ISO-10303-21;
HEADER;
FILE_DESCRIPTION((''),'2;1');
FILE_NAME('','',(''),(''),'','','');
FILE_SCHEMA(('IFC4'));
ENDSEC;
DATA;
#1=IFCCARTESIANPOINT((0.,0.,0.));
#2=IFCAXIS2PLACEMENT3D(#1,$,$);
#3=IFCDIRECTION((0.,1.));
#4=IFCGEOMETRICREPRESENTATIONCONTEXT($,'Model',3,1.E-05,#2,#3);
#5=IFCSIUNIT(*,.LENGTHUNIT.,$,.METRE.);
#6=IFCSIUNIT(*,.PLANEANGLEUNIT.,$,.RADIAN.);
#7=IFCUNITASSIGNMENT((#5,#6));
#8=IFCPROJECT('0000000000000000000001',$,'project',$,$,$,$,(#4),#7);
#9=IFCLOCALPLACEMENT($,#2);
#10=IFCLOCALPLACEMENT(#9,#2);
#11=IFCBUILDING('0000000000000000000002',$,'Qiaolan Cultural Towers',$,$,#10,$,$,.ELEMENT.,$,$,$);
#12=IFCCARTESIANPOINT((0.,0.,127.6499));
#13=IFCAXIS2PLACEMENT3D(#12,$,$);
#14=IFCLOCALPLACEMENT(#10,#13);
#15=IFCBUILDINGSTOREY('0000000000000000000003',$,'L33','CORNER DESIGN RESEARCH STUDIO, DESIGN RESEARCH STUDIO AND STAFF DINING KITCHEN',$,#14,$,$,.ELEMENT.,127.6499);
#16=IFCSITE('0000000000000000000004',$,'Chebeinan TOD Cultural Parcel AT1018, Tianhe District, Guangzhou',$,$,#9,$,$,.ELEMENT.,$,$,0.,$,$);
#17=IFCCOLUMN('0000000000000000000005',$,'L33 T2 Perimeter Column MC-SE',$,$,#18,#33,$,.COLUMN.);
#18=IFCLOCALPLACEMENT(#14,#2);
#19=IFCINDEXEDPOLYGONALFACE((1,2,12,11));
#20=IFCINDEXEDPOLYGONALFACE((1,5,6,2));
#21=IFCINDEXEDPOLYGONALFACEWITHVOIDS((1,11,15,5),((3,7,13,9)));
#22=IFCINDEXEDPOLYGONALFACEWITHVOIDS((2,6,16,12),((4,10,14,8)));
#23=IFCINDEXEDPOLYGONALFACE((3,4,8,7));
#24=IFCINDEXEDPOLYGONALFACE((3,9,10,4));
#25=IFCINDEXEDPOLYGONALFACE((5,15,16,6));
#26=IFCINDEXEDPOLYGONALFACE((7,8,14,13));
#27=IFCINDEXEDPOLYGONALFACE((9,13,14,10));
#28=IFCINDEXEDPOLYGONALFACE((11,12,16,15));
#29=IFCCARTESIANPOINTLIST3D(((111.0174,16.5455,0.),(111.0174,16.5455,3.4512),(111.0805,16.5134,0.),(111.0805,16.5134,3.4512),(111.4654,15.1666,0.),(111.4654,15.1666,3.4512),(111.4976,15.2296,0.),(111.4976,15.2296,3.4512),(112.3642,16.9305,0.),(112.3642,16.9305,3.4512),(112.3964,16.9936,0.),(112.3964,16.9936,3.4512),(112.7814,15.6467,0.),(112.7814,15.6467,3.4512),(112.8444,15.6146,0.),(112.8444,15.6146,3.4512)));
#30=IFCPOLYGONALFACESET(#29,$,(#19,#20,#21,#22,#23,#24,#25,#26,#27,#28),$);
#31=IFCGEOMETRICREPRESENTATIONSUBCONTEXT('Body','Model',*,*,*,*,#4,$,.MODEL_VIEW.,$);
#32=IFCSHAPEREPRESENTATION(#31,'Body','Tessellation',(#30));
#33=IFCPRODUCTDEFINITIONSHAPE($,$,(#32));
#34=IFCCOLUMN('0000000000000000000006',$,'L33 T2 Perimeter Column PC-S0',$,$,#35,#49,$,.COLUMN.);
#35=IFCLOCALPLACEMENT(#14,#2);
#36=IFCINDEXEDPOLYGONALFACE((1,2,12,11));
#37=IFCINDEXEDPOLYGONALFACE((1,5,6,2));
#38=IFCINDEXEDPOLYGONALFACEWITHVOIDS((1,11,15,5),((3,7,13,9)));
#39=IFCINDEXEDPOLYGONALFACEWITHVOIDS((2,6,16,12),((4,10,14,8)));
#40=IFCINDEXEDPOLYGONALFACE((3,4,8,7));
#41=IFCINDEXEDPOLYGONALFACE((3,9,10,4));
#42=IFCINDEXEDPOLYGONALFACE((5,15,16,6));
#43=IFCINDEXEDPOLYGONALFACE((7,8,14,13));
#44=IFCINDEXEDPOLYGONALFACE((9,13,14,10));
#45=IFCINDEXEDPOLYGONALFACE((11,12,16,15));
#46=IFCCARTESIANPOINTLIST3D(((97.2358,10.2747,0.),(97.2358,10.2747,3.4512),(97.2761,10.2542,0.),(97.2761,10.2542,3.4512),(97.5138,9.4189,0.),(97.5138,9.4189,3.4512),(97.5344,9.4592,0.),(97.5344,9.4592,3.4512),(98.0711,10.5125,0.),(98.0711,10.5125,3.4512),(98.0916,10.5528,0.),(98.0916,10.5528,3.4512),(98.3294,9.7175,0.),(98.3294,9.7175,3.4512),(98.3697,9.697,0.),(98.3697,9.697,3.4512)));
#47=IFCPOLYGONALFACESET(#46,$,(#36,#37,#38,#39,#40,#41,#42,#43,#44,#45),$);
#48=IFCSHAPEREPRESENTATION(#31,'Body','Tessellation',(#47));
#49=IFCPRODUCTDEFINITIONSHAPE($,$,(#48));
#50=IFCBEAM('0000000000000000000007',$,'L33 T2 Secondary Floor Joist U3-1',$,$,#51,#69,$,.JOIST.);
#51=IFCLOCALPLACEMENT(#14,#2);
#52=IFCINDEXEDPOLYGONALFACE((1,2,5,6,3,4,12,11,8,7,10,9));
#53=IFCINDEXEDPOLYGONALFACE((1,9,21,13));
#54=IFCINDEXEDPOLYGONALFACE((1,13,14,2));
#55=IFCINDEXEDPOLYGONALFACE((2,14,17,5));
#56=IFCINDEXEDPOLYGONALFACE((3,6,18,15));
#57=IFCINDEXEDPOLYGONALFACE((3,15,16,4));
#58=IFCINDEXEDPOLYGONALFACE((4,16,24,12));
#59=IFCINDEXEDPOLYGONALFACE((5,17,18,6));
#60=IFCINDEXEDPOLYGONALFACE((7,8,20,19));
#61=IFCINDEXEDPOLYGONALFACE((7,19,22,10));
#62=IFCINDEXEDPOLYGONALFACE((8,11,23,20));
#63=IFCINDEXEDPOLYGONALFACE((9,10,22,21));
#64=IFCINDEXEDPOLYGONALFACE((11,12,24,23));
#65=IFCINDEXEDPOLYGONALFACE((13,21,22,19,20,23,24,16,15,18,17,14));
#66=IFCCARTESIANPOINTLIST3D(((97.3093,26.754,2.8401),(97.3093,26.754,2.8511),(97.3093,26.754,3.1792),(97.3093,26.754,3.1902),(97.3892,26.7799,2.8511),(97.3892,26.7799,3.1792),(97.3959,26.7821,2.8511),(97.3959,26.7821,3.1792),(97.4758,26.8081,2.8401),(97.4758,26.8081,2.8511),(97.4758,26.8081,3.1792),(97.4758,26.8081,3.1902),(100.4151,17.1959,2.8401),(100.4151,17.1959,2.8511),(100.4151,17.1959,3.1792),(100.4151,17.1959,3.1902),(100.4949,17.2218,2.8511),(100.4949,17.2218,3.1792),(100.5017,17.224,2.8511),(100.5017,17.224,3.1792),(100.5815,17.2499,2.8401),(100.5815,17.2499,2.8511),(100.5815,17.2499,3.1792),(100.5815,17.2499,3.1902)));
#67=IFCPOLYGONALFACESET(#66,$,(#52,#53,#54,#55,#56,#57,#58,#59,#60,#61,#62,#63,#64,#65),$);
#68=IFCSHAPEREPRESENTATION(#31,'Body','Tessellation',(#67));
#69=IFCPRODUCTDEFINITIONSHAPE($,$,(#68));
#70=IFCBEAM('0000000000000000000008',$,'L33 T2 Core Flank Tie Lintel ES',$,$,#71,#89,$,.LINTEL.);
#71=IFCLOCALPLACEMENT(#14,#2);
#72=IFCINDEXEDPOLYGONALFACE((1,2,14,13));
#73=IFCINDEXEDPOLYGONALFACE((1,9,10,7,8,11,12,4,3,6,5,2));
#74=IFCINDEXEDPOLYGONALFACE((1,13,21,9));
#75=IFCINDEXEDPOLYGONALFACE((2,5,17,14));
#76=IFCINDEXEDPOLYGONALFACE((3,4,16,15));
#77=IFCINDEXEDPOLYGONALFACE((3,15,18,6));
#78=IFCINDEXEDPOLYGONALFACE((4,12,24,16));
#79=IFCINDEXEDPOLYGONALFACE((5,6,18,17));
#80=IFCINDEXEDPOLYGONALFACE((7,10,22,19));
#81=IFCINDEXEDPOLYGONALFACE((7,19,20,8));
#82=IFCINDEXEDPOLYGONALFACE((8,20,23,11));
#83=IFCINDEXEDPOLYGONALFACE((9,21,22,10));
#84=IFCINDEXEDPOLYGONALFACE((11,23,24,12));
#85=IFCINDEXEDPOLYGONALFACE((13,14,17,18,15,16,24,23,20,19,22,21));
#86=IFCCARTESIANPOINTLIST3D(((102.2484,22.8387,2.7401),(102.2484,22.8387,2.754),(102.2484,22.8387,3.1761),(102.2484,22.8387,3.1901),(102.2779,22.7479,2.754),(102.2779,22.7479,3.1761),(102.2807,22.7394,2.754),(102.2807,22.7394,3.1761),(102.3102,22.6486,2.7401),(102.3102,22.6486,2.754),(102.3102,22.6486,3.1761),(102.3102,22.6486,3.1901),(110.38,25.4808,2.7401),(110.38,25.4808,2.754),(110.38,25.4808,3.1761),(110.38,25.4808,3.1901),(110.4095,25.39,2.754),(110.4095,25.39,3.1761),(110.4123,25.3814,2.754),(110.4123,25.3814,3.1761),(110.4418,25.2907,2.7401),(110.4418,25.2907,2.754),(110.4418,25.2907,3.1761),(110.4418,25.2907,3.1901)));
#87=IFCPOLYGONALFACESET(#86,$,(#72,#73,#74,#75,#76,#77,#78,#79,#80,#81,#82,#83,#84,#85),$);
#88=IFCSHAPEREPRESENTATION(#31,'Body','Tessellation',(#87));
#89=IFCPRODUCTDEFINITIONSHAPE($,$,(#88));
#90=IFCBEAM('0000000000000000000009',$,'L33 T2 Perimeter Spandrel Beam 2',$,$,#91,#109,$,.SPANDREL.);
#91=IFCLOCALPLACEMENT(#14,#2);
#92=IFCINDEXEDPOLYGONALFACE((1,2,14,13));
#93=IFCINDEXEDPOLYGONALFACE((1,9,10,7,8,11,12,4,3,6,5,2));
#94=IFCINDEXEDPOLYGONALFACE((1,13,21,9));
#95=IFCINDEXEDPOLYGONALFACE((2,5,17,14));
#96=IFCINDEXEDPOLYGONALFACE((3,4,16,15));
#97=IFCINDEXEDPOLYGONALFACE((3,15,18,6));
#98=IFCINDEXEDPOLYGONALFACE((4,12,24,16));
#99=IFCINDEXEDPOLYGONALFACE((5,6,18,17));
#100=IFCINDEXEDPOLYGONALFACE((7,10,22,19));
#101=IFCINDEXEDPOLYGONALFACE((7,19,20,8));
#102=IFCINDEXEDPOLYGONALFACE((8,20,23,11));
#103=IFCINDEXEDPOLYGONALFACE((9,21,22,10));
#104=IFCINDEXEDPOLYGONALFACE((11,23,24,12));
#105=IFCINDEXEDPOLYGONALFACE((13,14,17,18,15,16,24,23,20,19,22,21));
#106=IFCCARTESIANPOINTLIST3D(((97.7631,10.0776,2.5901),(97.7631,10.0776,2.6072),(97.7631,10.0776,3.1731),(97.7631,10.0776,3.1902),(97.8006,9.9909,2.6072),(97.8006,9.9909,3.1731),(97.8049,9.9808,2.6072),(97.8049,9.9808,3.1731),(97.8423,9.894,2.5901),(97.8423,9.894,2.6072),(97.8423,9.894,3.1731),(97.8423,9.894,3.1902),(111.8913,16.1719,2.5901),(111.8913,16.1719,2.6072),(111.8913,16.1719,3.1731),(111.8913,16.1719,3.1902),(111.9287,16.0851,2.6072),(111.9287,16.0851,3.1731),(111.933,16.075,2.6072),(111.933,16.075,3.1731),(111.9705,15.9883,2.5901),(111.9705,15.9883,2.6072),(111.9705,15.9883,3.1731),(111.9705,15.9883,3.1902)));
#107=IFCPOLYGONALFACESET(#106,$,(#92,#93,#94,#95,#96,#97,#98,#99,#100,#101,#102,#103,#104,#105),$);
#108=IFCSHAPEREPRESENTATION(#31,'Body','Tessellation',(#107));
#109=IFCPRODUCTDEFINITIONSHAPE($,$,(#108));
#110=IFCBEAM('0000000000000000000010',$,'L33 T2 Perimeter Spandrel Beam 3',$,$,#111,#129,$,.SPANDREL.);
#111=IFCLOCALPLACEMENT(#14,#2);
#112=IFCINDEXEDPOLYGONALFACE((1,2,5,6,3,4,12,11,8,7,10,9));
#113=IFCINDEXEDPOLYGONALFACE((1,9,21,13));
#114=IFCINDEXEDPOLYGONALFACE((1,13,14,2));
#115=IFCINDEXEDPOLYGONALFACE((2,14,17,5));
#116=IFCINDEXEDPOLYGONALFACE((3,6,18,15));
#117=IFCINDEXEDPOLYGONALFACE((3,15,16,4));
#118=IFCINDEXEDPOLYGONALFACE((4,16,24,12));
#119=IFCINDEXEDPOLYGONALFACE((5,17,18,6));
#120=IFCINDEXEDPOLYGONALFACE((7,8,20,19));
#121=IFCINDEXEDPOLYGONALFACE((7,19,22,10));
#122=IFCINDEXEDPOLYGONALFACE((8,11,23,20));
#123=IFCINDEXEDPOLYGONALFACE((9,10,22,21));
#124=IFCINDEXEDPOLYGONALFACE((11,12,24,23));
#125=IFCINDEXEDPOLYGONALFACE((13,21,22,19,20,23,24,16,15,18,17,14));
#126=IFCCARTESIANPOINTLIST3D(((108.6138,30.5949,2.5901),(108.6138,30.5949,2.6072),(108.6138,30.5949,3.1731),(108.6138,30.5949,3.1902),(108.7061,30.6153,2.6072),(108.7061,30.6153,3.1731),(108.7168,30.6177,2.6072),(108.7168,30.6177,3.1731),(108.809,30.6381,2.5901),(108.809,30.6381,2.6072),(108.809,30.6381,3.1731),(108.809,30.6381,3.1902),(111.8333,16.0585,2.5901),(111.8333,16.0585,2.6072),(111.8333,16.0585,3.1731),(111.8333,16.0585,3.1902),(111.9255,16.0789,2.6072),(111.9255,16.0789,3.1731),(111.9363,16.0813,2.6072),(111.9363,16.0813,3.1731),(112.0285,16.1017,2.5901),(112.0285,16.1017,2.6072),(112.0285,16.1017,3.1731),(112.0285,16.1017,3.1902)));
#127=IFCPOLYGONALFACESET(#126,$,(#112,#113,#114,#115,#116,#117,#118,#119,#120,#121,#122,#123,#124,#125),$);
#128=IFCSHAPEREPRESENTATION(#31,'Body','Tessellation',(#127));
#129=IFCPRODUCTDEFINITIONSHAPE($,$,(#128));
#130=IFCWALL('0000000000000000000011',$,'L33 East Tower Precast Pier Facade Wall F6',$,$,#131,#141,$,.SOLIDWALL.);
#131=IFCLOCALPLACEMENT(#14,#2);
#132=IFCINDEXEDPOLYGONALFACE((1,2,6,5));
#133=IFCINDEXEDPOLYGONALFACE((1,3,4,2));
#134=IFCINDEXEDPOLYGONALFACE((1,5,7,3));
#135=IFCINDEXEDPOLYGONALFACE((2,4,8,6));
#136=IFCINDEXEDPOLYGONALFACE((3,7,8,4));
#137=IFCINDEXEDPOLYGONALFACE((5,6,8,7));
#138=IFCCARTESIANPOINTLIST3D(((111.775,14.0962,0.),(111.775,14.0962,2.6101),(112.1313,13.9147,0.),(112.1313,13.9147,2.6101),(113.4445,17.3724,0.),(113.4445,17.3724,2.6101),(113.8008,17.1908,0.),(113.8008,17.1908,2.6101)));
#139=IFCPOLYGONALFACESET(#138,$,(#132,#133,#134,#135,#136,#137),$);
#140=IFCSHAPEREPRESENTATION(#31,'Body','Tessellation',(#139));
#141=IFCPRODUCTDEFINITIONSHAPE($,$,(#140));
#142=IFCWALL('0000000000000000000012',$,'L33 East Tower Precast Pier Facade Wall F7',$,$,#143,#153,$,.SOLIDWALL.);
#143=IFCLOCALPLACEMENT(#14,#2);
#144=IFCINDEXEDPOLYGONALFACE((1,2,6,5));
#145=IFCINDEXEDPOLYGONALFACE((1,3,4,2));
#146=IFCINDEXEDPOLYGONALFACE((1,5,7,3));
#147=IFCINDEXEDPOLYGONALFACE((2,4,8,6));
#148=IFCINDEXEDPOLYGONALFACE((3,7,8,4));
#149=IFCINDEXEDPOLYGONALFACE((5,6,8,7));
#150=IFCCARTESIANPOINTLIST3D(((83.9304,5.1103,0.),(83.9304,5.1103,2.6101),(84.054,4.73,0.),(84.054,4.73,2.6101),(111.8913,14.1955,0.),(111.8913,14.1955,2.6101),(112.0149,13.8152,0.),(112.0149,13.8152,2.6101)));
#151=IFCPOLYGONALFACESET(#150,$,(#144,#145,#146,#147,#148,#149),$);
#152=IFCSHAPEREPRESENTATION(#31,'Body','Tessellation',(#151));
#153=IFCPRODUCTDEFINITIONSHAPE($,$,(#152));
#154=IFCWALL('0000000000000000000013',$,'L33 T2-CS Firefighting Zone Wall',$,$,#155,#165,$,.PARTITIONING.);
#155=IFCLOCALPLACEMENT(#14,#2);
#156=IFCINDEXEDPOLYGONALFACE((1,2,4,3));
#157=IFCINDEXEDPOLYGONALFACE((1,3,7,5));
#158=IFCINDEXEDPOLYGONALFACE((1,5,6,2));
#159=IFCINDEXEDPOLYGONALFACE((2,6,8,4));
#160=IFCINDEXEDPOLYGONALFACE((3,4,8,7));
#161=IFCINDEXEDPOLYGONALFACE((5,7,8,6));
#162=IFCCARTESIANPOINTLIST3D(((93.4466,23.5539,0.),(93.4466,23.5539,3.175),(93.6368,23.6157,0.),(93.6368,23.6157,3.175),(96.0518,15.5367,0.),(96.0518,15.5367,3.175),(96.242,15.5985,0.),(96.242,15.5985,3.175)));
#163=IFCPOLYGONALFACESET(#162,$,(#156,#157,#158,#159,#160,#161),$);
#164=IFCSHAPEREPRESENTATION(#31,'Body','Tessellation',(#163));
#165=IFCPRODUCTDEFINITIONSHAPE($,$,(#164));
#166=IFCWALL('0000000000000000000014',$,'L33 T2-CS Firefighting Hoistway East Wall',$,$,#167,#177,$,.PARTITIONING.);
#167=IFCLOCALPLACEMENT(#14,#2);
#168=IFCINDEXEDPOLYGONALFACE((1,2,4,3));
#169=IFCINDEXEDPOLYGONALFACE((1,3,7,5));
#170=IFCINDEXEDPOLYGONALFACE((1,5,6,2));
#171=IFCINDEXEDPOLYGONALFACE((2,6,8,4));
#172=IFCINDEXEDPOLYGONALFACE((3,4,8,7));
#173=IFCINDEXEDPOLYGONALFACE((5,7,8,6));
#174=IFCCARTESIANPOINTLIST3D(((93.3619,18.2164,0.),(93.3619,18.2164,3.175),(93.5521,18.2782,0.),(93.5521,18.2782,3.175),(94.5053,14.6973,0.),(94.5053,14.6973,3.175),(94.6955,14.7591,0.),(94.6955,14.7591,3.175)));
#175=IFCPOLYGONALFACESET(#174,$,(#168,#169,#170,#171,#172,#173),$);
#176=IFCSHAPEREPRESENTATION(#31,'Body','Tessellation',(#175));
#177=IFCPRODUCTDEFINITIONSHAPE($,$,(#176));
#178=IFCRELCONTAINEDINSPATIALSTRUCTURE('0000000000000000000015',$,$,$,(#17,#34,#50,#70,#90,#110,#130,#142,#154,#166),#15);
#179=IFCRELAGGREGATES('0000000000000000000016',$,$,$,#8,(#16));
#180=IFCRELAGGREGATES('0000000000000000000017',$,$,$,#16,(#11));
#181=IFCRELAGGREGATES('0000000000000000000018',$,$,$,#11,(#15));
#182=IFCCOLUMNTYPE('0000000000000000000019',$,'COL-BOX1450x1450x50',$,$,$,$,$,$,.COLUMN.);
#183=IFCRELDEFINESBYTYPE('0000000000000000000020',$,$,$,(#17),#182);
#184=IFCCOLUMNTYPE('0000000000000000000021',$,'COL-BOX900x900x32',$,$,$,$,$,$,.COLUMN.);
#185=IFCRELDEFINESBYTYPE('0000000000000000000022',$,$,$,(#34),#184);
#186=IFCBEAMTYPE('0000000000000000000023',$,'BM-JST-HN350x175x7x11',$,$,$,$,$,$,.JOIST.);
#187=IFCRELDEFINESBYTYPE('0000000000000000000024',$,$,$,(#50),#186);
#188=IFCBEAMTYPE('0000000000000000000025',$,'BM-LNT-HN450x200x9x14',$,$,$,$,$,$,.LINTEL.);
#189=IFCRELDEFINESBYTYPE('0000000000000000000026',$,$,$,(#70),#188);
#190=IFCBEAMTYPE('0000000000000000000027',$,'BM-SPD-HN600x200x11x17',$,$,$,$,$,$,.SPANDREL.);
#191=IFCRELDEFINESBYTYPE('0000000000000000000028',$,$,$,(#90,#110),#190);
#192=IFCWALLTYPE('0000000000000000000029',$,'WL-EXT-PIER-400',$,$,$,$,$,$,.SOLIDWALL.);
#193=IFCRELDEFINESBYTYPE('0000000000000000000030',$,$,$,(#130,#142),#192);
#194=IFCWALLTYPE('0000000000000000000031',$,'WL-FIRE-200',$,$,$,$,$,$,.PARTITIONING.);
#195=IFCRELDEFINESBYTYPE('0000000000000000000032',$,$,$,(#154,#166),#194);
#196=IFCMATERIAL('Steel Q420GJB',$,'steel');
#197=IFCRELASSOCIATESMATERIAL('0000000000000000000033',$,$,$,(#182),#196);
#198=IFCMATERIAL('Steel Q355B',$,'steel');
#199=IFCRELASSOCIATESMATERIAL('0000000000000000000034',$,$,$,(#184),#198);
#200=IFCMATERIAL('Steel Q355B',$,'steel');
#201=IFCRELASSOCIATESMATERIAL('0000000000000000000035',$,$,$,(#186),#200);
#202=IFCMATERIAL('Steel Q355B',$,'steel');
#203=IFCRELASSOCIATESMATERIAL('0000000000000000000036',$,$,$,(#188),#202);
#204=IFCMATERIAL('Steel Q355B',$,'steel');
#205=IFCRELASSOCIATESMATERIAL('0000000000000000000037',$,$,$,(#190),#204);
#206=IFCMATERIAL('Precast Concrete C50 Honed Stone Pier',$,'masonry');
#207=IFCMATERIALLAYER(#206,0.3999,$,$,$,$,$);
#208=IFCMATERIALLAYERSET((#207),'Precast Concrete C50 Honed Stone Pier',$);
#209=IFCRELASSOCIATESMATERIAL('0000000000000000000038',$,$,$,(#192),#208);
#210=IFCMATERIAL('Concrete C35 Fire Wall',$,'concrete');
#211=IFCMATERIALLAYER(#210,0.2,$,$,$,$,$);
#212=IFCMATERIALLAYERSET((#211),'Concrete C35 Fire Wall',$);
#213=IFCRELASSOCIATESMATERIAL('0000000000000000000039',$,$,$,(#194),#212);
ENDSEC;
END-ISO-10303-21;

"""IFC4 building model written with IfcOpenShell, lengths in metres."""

from ifc_helpers import new_model, si_unit, direction, frame, frame_2d, origin, origin_2d, place, context, subcontext, project, spatial, rectangle, hollow_rectangle, i_section, extrude, material, layer, layer_set, material_profile, profile_set, type_object, element, save


model = new_model("IFC4")

# Units and contexts
model_context = context("Model", 3, precision=1e-05, world=origin(), true_north=direction((0.0, 1.0)))
body_context = subcontext(model_context, "Body", "Model", "MODEL_VIEW")
ifc_project = project(units=[si_unit("LENGTHUNIT", "METRE"), si_unit("PLANEANGLEUNIT", "RADIAN")], contexts=[model_context])

# Site, building, storey
site_placement = place(None, origin())
site = spatial("IfcSite", under=ifc_project, at=site_placement, Name="Chebeinan TOD Cultural Parcel AT1018, Tianhe District, Guangzhou", CompositionType="ELEMENT", RefElevation=0.0)
building_placement = place(site_placement, origin())
building = spatial("IfcBuilding", under=site, at=building_placement, Name="Qiaolan Cultural Towers", CompositionType="ELEMENT")
storey_placement = place(building_placement, frame((0.0, 0.0, 127.6499)))
storey = spatial("IfcBuildingStorey", under=building, at=storey_placement, Name="L33", Description="CORNER DESIGN RESEARCH STUDIO, DESIGN RESEARCH STUDIO AND STAFF DINING KITCHEN", CompositionType="ELEMENT", Elevation=127.6499)

# Columns
ifc_material_1 = material(Name="Steel Q420GJB", Category="steel")
ifc_material_profile_1 = material_profile(ifc_material_1, hollow_rectangle(XDim=1.45, YDim=1.45, WallThickness=0.05, at=origin_2d()), Name="BOX1450x1450x50")
ifc_profile_set_1 = profile_set([ifc_material_profile_1], Name="Steel Q420GJB")
column_type_1 = type_object("IfcColumnType", Name="COL-BOX1450x1450x50", PredefinedType="COLUMN", material=ifc_profile_set_1)
column_1_placement = place(storey_placement, frame((111.9309, 16.0801, 0.0), z_axis=(0.0, 0.0, 1.0), x_axis=(0.951057, 0.309017, 0.0)))
element("IfcColumn", 1, at=column_1_placement, inside=storey, type_object=column_type_1, Name="L33 T2 Perimeter Column MC-SE", PredefinedType="COLUMN", context=body_context, shape_type="SweptSolid", body=[
    extrude(hollow_rectangle(XDim=1.45, YDim=1.45, WallThickness=0.05, at=origin_2d()), origin(), (0.0, 0.0, 1.0), 3.4512),
])
ifc_material_2 = material(Name="Steel Q355B", Category="steel")
ifc_material_profile_2 = material_profile(ifc_material_2, hollow_rectangle(XDim=0.8999, YDim=0.8999, WallThickness=0.032, at=origin_2d()), Name="BOX900x900x32")
ifc_profile_set_2 = profile_set([ifc_material_profile_2], Name="Steel Q355B")
column_type_2 = type_object("IfcColumnType", Name="COL-BOX900x900x32", PredefinedType="COLUMN", material=ifc_profile_set_2)
column_2_placement = place(storey_placement, frame((97.8027, 9.9858, 0.0), z_axis=(0.0, 0.0, 1.0), x_axis=(0.951057, 0.309017, 0.0)))
element("IfcColumn", 2, at=column_2_placement, inside=storey, type_object=column_type_2, Name="L33 T2 Perimeter Column PC-S0", PredefinedType="COLUMN", context=body_context, shape_type="SweptSolid", body=[
    extrude(hollow_rectangle(XDim=0.8999, YDim=0.8999, WallThickness=0.032, at=origin_2d()), origin(), (0.0, 0.0, 1.0), 3.4512),
])

# Beams
ifc_material_3 = material(Name="Steel Q355B", Category="steel")
ifc_material_profile_3 = material_profile(ifc_material_3, i_section(OverallWidth=0.175, OverallDepth=0.3501, WebThickness=0.0071, FlangeThickness=0.011, at=origin_2d()), Name="HN350x175x7x11")
ifc_profile_set_3 = profile_set([ifc_material_profile_3], Name="Steel Q355B")
beam_type_1 = type_object("IfcBeamType", Name="BM-JST-HN350x175x7x11", PredefinedType="JOIST", material=ifc_profile_set_3)
beam_1_placement = place(storey_placement, frame((100.4983, 17.2229, 3.0151), z_axis=(-0.309026, 0.951054, 0.0), x_axis=(-0.951054, -0.309026, 0.0)))
element("IfcBeam", 3, at=beam_1_placement, inside=storey, type_object=beam_type_1, Name="L33 T2 Secondary Floor Joist U3-1", PredefinedType="JOIST", context=body_context, shape_type="SweptSolid", body=[
    extrude(i_section(OverallWidth=0.175, OverallDepth=0.3501, WebThickness=0.0071, FlangeThickness=0.011, at=origin_2d()), origin(), (0.0, 0.0, 1.0), 10.05),
])
ifc_material_4 = material(Name="Steel Q355B", Category="steel")
ifc_material_profile_4 = material_profile(ifc_material_4, i_section(OverallWidth=0.2, OverallDepth=0.45, WebThickness=0.009, FlangeThickness=0.0139, at=origin_2d()), Name="HN450x200x9x14")
ifc_profile_set_4 = profile_set([ifc_material_profile_4], Name="Steel Q355B")
beam_type_2 = type_object("IfcBeamType", Name="BM-LNT-HN450x200x9x14", PredefinedType="LINTEL", material=ifc_profile_set_4)
beam_2_placement = place(storey_placement, frame((102.2793, 22.7437, 2.9651), z_axis=(0.951057, 0.309014, 0.0), x_axis=(-0.309014, 0.951057, 0.0)))
element("IfcBeam", 4, at=beam_2_placement, inside=storey, type_object=beam_type_2, Name="L33 T2 Core Flank Tie Lintel ES", PredefinedType="LINTEL", context=body_context, shape_type="SweptSolid", body=[
    extrude(i_section(OverallWidth=0.2, OverallDepth=0.45, WebThickness=0.009, FlangeThickness=0.0139, at=origin_2d()), origin(), (0.0, 0.0, 1.0), 8.55),
])
ifc_material_5 = material(Name="Steel Q355B", Category="steel")
ifc_material_profile_5 = material_profile(ifc_material_5, i_section(OverallWidth=0.2, OverallDepth=0.6001, WebThickness=0.011, FlangeThickness=0.0171, at=origin_2d()), Name="HN600x200x11x17")
ifc_profile_set_5 = profile_set([ifc_material_profile_5], Name="Steel Q355B")
beam_type_3 = type_object("IfcBeamType", Name="BM-SPD-HN600x200x11x17", PredefinedType="SPANDREL", material=ifc_profile_set_5)
beam_3_placement = place(storey_placement, frame((97.8027, 9.9858, 2.8901), z_axis=(0.918218, 0.396076, 0.0), x_axis=(-0.396076, 0.918218, 0.0)))
element("IfcBeam", 5, at=beam_3_placement, inside=storey, type_object=beam_type_3, Name="L33 T2 Perimeter Spandrel Beam 2", PredefinedType="SPANDREL", context=body_context, shape_type="SweptSolid", body=[
    extrude(i_section(OverallWidth=0.2, OverallDepth=0.6001, WebThickness=0.011, FlangeThickness=0.0171, at=origin_2d()), origin(), (0.0, 0.0, 1.0), 15.3865),
])
beam_4_placement = place(storey_placement, frame((111.9309, 16.0801, 2.8901), z_axis=(-0.216238, 0.976341, 0.0), x_axis=(-0.976341, -0.216238, 0.0)))
element("IfcBeam", 6, at=beam_4_placement, inside=storey, type_object=beam_type_3, Name="L33 T2 Perimeter Spandrel Beam 3", PredefinedType="SPANDREL", context=body_context, shape_type="SweptSolid", body=[
    extrude(i_section(OverallWidth=0.2, OverallDepth=0.6001, WebThickness=0.011, FlangeThickness=0.0171, at=origin_2d()), origin(), (0.0, 0.0, 1.0), 14.8887),
])

# Walls
ifc_material_6 = material(Name="Precast Concrete C50 Honed Stone Pier", Category="masonry")
ifc_layer_1 = layer(ifc_material_6, 0.3999)
ifc_layer_set_1 = layer_set([ifc_layer_1], Name="Precast Concrete C50 Honed Stone Pier")
wall_type_1 = type_object("IfcWallType", Name="WL-EXT-PIER-400", PredefinedType="SOLIDWALL", material=ifc_layer_set_1)
wall_1_placement = place(storey_placement, frame((113.6226, 17.2815, 0.0), z_axis=(0.0, 0.0, 1.0), x_axis=(-0.454026, -0.890988, 0.0)))
element("IfcWall", 7, at=wall_1_placement, inside=storey, type_object=wall_type_1, Name="L33 East Tower Precast Pier Facade Wall F6", PredefinedType="SOLIDWALL", context=body_context, shape_type="SweptSolid", body=[
    extrude(rectangle(XDim=3.677, YDim=0.3999, at=frame_2d((1.8384, 0.0))), origin(), (0.0, 0.0, 1.0), 2.6101),
])
wall_2_placement = place(storey_placement, frame((111.9531, 14.0054, 0.0), z_axis=(0.0, 0.0, 1.0), x_axis=(-0.951055, -0.309021, 0.0)))
element("IfcWall", 8, at=wall_2_placement, inside=storey, type_object=wall_type_1, Name="L33 East Tower Precast Pier Facade Wall F7", PredefinedType="SOLIDWALL", context=body_context, shape_type="SweptSolid", body=[
    extrude(rectangle(XDim=29.3999, YDim=0.3999, at=frame_2d((14.7, 0.0))), origin(), (0.0, 0.0, 1.0), 2.6101),
])
ifc_material_7 = material(Name="Concrete C35 Fire Wall", Category="concrete")
ifc_layer_2 = layer(ifc_material_7, 0.2)
ifc_layer_set_2 = layer_set([ifc_layer_2], Name="Concrete C35 Fire Wall")
wall_type_2 = type_object("IfcWallType", Name="WL-FIRE-200", PredefinedType="PARTITIONING", material=ifc_layer_set_2)
wall_3_placement = place(storey_placement, frame((93.5417, 23.5847, 0.0), z_axis=(0.0, 0.0, 1.0), x_axis=(0.309042, -0.951048, 0.0)))
element("IfcWall", 9, at=wall_3_placement, inside=storey, type_object=wall_type_2, Name="L33 T2-CS Firefighting Zone Wall", PredefinedType="PARTITIONING", context=body_context, shape_type="SweptSolid", body=[
    extrude(rectangle(XDim=8.4299, YDim=0.2, at=frame_2d((4.2148, 0.0))), origin(), (0.0, 0.0, 1.0), 3.175),
])
wall_4_placement = place(storey_placement, frame((93.457, 18.2473, 0.0), z_axis=(0.0, 0.0, 1.0), x_axis=(0.308994, -0.951064, 0.0)))
element("IfcWall", 10, at=wall_4_placement, inside=storey, type_object=wall_type_2, Name="L33 T2-CS Firefighting Hoistway East Wall", PredefinedType="PARTITIONING", context=body_context, shape_type="SweptSolid", body=[
    extrude(rectangle(XDim=3.7002, YDim=0.2, at=frame_2d((1.8501, 0.0))), origin(), (0.0, 0.0, 1.0), 3.175),
])

save(model, "model.ifc")
